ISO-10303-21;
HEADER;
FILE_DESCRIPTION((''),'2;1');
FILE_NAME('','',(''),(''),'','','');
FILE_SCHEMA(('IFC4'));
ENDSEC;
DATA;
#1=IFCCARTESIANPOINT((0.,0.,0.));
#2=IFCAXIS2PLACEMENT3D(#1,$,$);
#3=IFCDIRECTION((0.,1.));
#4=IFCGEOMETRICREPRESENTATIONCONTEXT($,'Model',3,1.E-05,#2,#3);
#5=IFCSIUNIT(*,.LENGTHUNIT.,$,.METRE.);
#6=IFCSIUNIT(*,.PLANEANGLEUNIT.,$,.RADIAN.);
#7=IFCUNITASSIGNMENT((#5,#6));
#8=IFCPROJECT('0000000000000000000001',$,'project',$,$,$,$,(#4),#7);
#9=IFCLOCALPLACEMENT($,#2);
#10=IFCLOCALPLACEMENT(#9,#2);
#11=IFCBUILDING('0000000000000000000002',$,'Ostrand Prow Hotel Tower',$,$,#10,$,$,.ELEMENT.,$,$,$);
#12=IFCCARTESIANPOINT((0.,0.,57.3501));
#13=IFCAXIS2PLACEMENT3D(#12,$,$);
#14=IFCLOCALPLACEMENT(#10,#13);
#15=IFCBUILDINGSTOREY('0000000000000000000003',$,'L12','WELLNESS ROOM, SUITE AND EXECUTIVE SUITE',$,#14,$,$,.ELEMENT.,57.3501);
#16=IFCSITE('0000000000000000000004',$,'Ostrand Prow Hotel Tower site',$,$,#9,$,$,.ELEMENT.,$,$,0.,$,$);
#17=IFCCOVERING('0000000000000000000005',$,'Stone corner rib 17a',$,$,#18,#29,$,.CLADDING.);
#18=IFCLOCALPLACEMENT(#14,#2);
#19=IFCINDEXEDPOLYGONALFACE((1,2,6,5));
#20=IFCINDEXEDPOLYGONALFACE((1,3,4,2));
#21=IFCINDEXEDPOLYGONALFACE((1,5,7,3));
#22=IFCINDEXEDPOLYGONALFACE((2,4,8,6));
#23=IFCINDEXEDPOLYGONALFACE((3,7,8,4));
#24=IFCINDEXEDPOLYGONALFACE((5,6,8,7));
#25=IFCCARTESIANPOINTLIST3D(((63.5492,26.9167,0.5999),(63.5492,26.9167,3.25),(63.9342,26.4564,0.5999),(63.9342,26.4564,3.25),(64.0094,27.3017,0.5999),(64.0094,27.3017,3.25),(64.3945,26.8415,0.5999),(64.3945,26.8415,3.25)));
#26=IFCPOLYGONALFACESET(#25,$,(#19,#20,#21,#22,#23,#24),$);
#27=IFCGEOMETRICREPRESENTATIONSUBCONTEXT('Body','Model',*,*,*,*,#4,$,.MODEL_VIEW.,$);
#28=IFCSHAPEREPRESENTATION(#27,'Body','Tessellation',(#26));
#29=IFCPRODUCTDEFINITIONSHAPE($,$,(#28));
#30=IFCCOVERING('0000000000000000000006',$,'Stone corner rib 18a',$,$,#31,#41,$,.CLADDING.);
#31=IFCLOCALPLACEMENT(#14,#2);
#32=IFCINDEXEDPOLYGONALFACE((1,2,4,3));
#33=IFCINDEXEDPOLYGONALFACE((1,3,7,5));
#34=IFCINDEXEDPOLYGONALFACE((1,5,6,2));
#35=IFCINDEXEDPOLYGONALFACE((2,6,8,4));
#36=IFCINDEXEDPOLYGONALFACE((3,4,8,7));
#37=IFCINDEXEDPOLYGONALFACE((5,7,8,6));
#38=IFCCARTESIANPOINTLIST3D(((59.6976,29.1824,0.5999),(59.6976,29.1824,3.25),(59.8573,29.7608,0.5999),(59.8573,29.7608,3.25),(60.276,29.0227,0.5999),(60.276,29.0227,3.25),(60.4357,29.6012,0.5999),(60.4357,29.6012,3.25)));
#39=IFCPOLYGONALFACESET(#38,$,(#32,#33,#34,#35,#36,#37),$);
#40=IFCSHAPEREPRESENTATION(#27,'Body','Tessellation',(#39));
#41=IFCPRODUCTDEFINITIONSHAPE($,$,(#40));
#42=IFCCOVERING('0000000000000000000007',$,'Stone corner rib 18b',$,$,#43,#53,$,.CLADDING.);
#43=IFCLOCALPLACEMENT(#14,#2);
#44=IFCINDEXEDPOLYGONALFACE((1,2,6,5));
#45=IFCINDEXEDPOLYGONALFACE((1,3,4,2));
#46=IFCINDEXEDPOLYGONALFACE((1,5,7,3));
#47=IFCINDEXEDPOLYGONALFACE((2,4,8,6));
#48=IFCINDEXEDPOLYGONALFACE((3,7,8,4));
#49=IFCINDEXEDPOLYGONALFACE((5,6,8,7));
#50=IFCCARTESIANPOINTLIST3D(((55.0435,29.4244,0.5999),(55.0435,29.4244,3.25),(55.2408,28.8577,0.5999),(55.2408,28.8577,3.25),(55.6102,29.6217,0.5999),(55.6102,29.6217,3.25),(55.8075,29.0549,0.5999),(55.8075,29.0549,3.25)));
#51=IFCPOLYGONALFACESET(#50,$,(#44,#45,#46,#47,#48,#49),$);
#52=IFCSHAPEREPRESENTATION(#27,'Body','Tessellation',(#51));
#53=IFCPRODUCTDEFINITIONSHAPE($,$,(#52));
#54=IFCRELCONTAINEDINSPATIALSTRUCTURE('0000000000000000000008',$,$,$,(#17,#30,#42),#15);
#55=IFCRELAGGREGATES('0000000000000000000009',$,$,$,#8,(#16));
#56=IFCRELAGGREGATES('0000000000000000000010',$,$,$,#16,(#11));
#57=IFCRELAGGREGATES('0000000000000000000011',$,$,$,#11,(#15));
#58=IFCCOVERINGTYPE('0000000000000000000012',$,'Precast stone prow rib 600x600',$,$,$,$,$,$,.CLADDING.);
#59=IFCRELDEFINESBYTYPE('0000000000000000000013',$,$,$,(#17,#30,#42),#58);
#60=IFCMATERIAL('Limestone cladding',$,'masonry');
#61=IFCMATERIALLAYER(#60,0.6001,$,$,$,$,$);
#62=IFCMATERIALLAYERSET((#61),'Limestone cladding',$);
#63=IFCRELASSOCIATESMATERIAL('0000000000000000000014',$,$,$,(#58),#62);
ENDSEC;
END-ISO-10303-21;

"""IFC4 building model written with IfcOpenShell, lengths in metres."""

from ifc_helpers import new_model, si_unit, direction, frame, frame_2d, origin, place, context, subcontext, project, spatial, rectangle, extrude, material, layer, layer_set, type_object, element, save


model = new_model("IFC4")

# Units and contexts
model_context = context("Model", 3, precision=1e-05, world=origin(), true_north=direction((0.0, 1.0)))
body_context = subcontext(model_context, "Body", "Model", "MODEL_VIEW")
ifc_project = project(units=[si_unit("LENGTHUNIT", "METRE"), si_unit("PLANEANGLEUNIT", "RADIAN")], contexts=[model_context])

# Site, building, storey
site_placement = place(None, origin())
site = spatial("IfcSite", under=ifc_project, at=site_placement, Name="Ostrand Prow Hotel Tower site", CompositionType="ELEMENT", RefElevation=0.0)
building_placement = place(site_placement, origin())
building = spatial("IfcBuilding", under=site, at=building_placement, Name="Ostrand Prow Hotel Tower", CompositionType="ELEMENT")
storey_placement = place(building_placement, frame((0.0, 0.0, 57.3501)))
storey = spatial("IfcBuildingStorey", under=building, at=storey_placement, Name="L12", Description="WELLNESS ROOM, SUITE AND EXECUTIVE SUITE", CompositionType="ELEMENT", Elevation=57.3501)

# Coverings
ifc_material_1 = material(Name="Limestone cladding", Category="masonry")
ifc_layer_1 = layer(ifc_material_1, 0.6001)
ifc_layer_set_1 = layer_set([ifc_layer_1], Name="Limestone cladding")
covering_type = type_object("IfcCoveringType", Name="Precast stone prow rib 600x600", PredefinedType="CLADDING", material=ifc_layer_set_1)
for number, where, z_axis, x_axis, name in (
    (1, (63.7417, 26.6865, 0.5999), (0.0, 0.0, 1.0), (0.766986, 0.641664, 0.0), "Stone corner rib 17a"),
    (2, (59.9868, 29.1025, 0.5999), (0.0, 0.0, 1.0), (0.266112, 0.963942, 0.0), "Stone corner rib 18a"),
    (3, (55.5242, 28.9563, 0.5999), (0.0, 0.0, 1.0), (-0.328773, 0.944409, 0.0), "Stone corner rib 18b"),
):
    element("IfcCovering", number, at=place(storey_placement, frame(where, z_axis=z_axis, x_axis=x_axis)), inside=storey, type_object=covering_type, Name=name, PredefinedType="CLADDING", context=body_context, shape_type="SweptSolid", body=[
        extrude(rectangle(XDim=0.6001, YDim=0.6001, at=frame_2d((0.3, 0.0))), origin(), (0.0, 0.0, 1.0), 2.6501),
    ])

save(model, "model.ifc")
